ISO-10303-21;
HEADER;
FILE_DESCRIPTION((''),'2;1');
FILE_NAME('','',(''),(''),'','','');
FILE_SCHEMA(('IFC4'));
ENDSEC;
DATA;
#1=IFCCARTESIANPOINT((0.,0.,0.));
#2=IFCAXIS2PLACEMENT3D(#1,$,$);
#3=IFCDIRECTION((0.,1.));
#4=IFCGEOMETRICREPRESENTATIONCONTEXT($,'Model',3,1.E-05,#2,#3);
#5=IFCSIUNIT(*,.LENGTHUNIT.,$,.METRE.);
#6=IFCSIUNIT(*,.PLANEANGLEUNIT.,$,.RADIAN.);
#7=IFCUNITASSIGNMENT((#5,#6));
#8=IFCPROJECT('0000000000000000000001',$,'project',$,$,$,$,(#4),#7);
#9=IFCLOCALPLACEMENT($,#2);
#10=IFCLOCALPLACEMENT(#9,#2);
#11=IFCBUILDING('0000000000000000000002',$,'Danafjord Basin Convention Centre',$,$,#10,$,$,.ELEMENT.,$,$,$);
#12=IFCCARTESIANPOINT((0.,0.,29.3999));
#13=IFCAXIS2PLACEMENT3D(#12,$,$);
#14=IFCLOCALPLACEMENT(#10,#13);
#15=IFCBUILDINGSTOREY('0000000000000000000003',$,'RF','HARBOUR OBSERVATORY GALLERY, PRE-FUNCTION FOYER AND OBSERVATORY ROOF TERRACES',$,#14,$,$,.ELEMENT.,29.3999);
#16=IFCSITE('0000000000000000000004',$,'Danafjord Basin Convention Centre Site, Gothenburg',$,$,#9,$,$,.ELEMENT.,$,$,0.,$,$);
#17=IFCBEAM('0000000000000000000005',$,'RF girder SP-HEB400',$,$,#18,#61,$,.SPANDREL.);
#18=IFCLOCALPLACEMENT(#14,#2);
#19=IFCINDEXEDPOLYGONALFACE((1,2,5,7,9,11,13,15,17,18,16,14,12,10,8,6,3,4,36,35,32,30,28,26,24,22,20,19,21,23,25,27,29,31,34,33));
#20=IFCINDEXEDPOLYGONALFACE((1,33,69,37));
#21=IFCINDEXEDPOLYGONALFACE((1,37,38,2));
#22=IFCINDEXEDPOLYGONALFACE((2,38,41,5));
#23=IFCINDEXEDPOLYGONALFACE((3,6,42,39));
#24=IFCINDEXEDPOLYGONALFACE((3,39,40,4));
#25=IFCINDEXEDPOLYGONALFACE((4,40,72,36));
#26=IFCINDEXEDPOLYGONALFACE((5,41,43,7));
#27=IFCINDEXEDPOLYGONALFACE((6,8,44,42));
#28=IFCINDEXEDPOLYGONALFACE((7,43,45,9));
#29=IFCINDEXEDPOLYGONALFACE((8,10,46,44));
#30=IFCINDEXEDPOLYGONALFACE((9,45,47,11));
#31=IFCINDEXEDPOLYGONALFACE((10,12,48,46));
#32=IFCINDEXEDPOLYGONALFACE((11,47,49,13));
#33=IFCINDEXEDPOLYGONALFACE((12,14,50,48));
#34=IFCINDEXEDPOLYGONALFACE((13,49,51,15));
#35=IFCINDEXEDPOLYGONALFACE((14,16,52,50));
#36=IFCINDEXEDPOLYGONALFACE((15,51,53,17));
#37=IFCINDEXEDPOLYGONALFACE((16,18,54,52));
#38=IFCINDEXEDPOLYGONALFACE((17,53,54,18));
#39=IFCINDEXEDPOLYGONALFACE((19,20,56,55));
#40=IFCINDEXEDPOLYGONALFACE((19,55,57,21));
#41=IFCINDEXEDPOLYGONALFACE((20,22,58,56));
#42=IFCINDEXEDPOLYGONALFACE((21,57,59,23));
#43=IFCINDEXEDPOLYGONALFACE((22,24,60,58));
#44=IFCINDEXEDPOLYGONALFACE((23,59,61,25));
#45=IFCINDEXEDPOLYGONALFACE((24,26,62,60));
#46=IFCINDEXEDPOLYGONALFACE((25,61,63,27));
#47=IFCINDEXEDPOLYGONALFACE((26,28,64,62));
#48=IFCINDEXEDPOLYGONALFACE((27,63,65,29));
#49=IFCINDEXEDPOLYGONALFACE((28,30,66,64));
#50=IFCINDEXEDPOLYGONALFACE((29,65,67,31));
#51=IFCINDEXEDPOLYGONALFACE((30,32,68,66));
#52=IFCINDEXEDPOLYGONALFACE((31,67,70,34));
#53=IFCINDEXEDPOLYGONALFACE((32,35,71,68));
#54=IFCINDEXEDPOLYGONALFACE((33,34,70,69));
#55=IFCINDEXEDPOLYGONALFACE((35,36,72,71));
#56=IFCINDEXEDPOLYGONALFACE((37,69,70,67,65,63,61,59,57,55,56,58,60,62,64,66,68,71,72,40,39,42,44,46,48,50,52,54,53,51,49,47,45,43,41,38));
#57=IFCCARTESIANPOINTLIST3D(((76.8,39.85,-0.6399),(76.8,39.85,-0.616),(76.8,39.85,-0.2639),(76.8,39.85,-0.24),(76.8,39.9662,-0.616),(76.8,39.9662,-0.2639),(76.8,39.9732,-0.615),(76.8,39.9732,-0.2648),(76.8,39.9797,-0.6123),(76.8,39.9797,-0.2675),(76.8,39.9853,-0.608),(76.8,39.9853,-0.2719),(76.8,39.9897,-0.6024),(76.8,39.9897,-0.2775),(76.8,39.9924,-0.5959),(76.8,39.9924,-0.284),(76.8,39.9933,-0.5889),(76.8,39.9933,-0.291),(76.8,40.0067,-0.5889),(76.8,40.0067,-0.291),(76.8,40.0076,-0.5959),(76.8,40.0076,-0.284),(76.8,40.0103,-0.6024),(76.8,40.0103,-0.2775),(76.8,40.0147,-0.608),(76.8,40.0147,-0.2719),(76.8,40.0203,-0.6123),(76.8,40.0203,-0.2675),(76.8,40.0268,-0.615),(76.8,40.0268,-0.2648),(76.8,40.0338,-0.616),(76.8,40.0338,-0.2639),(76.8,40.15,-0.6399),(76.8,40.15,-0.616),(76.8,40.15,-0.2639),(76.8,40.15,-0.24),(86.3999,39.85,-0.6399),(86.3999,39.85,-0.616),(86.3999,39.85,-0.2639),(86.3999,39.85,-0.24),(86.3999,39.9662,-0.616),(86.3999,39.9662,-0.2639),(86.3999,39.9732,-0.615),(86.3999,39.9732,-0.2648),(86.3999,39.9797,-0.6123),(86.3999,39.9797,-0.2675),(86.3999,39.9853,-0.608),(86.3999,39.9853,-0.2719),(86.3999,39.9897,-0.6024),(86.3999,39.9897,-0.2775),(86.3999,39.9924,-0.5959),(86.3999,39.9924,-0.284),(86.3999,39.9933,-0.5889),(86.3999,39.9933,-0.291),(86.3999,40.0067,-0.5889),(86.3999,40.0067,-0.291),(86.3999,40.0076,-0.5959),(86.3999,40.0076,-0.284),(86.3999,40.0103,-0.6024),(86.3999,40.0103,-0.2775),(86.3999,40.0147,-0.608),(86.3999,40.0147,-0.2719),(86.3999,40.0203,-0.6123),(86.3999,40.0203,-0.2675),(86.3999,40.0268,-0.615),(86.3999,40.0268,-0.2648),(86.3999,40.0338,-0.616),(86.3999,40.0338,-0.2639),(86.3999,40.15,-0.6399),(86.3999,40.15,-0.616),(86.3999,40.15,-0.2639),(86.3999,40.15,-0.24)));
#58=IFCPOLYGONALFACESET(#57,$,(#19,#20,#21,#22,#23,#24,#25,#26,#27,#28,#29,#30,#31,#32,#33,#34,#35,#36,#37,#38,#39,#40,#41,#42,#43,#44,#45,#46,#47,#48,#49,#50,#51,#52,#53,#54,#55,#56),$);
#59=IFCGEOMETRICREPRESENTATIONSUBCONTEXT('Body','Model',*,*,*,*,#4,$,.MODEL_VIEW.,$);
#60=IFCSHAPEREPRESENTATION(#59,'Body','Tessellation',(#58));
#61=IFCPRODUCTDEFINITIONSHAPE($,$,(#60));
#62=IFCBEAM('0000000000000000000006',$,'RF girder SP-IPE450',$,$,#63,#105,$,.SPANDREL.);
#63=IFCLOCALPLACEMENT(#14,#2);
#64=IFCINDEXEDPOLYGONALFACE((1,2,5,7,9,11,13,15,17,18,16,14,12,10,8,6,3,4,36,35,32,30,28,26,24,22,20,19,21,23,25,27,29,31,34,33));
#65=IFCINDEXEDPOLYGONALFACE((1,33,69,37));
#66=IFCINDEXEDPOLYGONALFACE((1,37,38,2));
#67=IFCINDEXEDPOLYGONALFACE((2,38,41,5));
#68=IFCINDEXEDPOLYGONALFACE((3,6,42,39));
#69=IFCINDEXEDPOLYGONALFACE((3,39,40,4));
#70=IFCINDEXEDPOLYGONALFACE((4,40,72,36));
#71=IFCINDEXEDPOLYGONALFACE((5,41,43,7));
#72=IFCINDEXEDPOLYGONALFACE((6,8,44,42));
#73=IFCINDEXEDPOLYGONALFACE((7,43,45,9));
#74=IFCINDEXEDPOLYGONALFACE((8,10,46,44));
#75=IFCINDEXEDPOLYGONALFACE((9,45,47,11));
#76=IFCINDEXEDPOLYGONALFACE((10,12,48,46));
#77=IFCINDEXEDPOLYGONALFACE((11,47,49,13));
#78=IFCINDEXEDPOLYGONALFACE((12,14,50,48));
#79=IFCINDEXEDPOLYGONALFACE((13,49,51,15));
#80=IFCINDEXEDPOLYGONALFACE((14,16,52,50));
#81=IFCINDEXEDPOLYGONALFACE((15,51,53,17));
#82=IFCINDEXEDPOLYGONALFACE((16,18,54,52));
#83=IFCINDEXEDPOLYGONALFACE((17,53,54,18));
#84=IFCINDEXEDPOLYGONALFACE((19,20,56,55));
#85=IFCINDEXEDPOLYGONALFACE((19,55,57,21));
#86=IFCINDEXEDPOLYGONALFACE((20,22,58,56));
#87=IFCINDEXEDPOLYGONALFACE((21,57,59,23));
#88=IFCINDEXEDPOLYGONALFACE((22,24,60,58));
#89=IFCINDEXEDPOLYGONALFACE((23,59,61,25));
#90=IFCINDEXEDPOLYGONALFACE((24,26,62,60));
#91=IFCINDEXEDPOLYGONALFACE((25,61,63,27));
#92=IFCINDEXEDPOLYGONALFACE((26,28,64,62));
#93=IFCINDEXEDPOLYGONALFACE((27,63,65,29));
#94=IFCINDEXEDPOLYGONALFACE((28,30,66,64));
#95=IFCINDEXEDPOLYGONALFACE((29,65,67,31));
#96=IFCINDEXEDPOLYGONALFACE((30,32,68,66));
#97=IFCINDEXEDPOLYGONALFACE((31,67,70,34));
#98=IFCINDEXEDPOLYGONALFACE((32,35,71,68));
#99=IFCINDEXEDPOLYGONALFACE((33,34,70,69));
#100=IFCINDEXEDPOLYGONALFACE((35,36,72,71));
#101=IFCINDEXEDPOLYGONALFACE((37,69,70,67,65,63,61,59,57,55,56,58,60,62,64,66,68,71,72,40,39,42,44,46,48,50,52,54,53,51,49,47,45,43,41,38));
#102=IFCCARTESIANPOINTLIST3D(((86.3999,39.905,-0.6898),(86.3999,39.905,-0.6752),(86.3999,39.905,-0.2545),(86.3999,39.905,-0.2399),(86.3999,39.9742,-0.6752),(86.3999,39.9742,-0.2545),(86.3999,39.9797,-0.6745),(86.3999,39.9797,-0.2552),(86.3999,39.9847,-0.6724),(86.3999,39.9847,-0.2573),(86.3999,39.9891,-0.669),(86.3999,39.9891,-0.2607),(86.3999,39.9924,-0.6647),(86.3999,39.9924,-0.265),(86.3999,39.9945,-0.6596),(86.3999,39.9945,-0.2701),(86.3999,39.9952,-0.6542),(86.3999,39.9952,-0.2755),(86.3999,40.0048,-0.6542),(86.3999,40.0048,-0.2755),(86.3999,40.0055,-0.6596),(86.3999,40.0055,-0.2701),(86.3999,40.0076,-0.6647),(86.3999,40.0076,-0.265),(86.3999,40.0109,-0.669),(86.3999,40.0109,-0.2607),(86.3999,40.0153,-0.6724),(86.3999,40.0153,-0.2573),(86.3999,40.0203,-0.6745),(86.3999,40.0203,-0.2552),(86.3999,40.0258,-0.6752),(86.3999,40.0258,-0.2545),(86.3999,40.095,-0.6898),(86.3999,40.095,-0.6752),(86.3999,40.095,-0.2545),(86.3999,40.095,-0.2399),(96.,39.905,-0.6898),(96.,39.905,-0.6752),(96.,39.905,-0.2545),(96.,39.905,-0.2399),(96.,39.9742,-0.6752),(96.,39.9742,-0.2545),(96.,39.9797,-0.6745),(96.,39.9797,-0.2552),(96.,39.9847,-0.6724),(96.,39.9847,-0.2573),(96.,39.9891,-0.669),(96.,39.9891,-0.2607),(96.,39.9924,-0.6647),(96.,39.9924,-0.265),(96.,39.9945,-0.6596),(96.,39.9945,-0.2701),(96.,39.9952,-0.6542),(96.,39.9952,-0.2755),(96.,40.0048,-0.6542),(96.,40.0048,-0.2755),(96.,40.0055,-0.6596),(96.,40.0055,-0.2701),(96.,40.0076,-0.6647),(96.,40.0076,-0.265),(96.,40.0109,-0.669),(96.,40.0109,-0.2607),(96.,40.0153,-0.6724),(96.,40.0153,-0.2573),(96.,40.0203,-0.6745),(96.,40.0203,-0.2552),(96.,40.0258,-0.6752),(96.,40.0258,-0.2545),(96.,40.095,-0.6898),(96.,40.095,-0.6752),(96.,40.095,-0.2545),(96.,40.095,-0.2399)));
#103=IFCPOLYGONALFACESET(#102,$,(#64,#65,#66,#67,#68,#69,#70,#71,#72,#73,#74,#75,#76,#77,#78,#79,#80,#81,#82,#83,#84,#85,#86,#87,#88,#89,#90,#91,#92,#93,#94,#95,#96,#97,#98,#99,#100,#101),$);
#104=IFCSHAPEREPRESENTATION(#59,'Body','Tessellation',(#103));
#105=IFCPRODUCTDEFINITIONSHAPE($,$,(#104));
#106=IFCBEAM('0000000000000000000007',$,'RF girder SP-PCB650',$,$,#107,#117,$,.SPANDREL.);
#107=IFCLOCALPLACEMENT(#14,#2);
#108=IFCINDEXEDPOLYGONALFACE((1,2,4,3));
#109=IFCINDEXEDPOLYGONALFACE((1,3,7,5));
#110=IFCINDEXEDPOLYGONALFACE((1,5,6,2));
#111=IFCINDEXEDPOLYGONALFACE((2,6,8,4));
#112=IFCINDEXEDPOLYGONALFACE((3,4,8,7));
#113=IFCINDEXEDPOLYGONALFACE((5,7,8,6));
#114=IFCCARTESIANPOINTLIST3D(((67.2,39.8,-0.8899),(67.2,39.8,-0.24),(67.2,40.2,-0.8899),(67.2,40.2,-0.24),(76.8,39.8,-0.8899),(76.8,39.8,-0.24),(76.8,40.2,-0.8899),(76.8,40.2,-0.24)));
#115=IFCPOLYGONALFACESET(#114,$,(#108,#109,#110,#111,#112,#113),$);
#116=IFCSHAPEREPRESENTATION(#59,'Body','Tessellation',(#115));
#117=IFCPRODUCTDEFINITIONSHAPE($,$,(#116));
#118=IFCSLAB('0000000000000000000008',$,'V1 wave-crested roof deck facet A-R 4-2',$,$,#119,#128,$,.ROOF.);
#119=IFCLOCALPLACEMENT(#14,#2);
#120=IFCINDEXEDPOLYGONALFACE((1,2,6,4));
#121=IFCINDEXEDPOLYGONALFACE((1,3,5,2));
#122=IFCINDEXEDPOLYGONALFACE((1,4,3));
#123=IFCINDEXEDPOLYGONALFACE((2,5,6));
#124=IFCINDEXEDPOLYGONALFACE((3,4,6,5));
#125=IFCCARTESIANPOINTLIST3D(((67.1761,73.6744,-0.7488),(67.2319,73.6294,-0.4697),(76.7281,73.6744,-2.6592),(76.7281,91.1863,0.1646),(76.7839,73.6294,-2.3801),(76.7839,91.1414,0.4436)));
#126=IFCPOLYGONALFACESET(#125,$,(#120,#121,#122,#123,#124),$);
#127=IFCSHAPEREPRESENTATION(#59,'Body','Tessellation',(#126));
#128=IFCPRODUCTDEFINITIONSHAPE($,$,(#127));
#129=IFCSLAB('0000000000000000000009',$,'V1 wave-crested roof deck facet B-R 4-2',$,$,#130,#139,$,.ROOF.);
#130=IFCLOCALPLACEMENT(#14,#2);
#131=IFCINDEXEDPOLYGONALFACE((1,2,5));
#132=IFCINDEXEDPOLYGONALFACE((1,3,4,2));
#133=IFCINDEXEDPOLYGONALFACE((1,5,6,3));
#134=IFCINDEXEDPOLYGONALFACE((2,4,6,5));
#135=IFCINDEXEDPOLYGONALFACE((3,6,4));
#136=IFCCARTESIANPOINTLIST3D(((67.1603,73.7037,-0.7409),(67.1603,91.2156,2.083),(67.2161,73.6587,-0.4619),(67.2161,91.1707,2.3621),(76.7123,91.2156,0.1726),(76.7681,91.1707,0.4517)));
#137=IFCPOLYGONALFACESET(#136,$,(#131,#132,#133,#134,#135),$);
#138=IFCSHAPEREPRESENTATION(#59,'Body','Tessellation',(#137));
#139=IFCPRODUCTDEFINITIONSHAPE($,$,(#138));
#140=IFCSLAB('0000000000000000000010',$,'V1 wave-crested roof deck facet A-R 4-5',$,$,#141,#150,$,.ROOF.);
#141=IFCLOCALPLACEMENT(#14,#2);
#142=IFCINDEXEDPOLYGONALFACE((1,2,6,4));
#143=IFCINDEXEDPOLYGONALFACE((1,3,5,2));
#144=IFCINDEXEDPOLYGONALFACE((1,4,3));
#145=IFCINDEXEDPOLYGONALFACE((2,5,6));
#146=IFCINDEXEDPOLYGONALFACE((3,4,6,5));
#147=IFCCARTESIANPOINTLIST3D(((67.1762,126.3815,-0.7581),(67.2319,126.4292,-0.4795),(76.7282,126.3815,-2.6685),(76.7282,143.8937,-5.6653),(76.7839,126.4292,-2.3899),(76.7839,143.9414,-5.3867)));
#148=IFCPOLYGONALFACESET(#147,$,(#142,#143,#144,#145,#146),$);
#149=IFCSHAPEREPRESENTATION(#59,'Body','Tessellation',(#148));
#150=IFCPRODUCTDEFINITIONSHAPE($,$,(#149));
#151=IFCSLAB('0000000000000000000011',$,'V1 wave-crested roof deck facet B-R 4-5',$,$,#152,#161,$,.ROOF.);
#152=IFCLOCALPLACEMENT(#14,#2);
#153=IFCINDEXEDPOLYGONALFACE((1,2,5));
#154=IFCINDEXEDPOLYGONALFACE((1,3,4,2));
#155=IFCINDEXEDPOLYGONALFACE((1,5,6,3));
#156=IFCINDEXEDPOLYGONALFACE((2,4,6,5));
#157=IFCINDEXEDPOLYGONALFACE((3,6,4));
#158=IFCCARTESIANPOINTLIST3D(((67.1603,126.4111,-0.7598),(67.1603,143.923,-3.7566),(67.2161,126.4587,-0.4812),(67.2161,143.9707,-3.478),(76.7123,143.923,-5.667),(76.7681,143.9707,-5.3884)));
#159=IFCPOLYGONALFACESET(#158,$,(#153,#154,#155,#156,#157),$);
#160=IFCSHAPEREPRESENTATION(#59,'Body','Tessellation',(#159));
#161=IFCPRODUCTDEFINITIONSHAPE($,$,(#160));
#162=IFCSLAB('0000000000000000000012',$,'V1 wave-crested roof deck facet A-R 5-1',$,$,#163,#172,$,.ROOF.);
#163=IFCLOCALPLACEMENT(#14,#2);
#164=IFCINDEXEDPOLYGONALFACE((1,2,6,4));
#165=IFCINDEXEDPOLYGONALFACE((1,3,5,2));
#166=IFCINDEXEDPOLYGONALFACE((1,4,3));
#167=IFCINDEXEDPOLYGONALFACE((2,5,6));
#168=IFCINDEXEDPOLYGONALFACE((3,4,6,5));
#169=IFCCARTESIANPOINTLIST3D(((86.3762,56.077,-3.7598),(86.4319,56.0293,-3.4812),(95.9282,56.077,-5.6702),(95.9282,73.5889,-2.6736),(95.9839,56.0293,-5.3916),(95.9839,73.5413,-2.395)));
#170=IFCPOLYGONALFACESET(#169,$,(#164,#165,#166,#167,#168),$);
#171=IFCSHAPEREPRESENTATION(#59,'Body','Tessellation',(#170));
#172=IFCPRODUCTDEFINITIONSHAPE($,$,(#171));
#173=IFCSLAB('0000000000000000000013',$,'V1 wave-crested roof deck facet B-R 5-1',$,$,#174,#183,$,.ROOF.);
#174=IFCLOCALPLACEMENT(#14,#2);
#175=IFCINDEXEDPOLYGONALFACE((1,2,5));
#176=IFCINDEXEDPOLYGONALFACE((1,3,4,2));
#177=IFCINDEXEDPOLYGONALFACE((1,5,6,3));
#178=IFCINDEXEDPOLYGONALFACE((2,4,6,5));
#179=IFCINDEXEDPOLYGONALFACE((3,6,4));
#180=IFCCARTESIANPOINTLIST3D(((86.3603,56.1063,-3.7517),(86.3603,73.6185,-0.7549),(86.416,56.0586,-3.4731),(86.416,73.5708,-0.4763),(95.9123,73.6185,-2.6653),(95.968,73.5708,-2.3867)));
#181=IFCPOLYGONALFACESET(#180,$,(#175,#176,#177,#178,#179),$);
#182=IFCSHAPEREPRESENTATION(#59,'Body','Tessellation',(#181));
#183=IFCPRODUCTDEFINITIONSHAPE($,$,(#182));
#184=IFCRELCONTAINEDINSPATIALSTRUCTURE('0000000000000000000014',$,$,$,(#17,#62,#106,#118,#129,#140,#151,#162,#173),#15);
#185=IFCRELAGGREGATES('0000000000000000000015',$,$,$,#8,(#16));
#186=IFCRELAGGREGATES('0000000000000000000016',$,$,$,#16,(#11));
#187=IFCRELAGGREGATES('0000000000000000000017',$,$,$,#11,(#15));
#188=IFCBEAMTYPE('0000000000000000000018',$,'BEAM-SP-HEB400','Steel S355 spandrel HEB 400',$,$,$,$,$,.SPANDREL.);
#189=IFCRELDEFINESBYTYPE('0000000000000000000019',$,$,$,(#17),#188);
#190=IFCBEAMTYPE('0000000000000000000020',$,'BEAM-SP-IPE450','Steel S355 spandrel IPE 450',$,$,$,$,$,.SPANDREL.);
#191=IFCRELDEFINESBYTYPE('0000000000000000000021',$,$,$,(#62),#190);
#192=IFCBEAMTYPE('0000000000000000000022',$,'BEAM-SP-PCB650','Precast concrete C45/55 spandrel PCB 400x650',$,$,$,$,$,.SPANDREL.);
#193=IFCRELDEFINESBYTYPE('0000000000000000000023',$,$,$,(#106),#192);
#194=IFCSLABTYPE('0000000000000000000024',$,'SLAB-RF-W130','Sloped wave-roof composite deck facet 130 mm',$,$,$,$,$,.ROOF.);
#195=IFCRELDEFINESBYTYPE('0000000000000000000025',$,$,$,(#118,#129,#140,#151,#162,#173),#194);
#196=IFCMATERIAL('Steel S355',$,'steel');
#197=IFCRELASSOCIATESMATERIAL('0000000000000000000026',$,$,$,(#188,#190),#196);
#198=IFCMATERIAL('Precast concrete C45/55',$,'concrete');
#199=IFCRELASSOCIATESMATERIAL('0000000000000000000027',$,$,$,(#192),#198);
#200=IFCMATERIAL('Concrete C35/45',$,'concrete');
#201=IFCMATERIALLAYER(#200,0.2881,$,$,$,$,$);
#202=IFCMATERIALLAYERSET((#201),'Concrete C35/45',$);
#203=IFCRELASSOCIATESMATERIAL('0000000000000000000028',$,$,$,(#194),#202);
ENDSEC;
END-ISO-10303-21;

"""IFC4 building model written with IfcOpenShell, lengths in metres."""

from ifc_helpers import new_model, si_unit, direction, frame, origin, origin_2d, place, context, subcontext, project, spatial, polyline, rectangle, i_section, outline, extrude, material, layer, layer_set, material_profile, profile_set, type_object, element, save


model = new_model("IFC4")

# Units and contexts
model_context = context("Model", 3, precision=1e-05, world=origin(), true_north=direction((0.0, 1.0)))
body_context = subcontext(model_context, "Body", "Model", "MODEL_VIEW")
ifc_project = project(units=[si_unit("LENGTHUNIT", "METRE"), si_unit("PLANEANGLEUNIT", "RADIAN")], contexts=[model_context])

# Site, building, storey
site_placement = place(None, origin())
site = spatial("IfcSite", under=ifc_project, at=site_placement, Name="Danafjord Basin Convention Centre Site, Gothenburg", CompositionType="ELEMENT", RefElevation=0.0)
building_placement = place(site_placement, origin())
building = spatial("IfcBuilding", under=site, at=building_placement, Name="Danafjord Basin Convention Centre", CompositionType="ELEMENT")
storey_placement = place(building_placement, frame((0.0, 0.0, 29.3999)))
storey = spatial("IfcBuildingStorey", under=building, at=storey_placement, Name="RF", Description="HARBOUR OBSERVATORY GALLERY, PRE-FUNCTION FOYER AND OBSERVATORY ROOF TERRACES", CompositionType="ELEMENT", Elevation=29.3999)

# Beams
ifc_material_1 = material(Name="Steel S355", Category="steel")
ifc_material_profile_1 = material_profile(ifc_material_1, i_section(OverallWidth=0.3, OverallDepth=0.3999, WebThickness=0.0134, FlangeThickness=0.0239, FilletRadius=0.0271, at=origin_2d()), Name="HEB 400")
ifc_profile_set_1 = profile_set([ifc_material_profile_1], Name="Steel S355")
beam_type_1 = type_object("IfcBeamType", Name="BEAM-SP-HEB400", Description="Steel S355 spandrel HEB 400", PredefinedType="SPANDREL", material=ifc_profile_set_1)
beam_1_placement = place(storey_placement, frame((76.8, 40.0, -0.4399), z_axis=(1.0, 0.0, 0.0), x_axis=(0.0, 1.0, 0.0)))
element("IfcBeam", 1, at=beam_1_placement, inside=storey, type_object=beam_type_1, Name="RF girder SP-HEB400", PredefinedType="SPANDREL", context=body_context, shape_type="SweptSolid", body=[
    extrude(i_section(OverallWidth=0.3, OverallDepth=0.3999, WebThickness=0.0134, FlangeThickness=0.0239, FilletRadius=0.0271, at=origin_2d()), origin(), (0.0, 0.0, 1.0), 9.5999),
])
ifc_material_profile_2 = material_profile(ifc_material_1, i_section(OverallWidth=0.1899, OverallDepth=0.45, WebThickness=0.0095, FlangeThickness=0.0146, FilletRadius=0.021, at=origin_2d()), Name="IPE 450")
ifc_profile_set_2 = profile_set([ifc_material_profile_2], Name="Steel S355")
beam_type_2 = type_object("IfcBeamType", Name="BEAM-SP-IPE450", Description="Steel S355 spandrel IPE 450", PredefinedType="SPANDREL", material=ifc_profile_set_2)
beam_2_placement = place(storey_placement, frame((86.3999, 40.0, -0.4648), z_axis=(1.0, 0.0, 0.0), x_axis=(0.0, 1.0, 0.0)))
element("IfcBeam", 2, at=beam_2_placement, inside=storey, type_object=beam_type_2, Name="RF girder SP-IPE450", PredefinedType="SPANDREL", context=body_context, shape_type="SweptSolid", body=[
    extrude(i_section(OverallWidth=0.1899, OverallDepth=0.45, WebThickness=0.0095, FlangeThickness=0.0146, FilletRadius=0.021, at=origin_2d()), origin(), (0.0, 0.0, 1.0), 9.6001),
])
ifc_material_2 = material(Name="Precast concrete C45/55", Category="concrete")
ifc_material_profile_3 = material_profile(ifc_material_2, rectangle(XDim=0.3999, YDim=0.6499, at=origin_2d()), Name="PCB 400x650")
ifc_profile_set_3 = profile_set([ifc_material_profile_3], Name="Precast concrete C45/55")
beam_type_3 = type_object("IfcBeamType", Name="BEAM-SP-PCB650", Description="Precast concrete C45/55 spandrel PCB 400x650", PredefinedType="SPANDREL", material=ifc_profile_set_3)
beam_3_placement = place(storey_placement, frame((67.2, 40.0, -0.5649), z_axis=(1.0, 0.0, 0.0), x_axis=(0.0, 1.0, 0.0)))
element("IfcBeam", 3, at=beam_3_placement, inside=storey, type_object=beam_type_3, Name="RF girder SP-PCB650", PredefinedType="SPANDREL", context=body_context, shape_type="SweptSolid", body=[
    extrude(rectangle(XDim=0.3999, YDim=0.6499, at=origin_2d()), origin(), (0.0, 0.0, 1.0), 9.6001),
])

# Slabs
ifc_material_3 = material(Name="Concrete C35/45", Category="concrete")
ifc_layer_1 = layer(ifc_material_3, 0.2881)
ifc_layer_set_1 = layer_set([ifc_layer_1], Name="Concrete C35/45")
slab_type_1 = type_object("IfcSlabType", Name="SLAB-RF-W130", Description="Sloped wave-roof composite deck facet 130 mm", PredefinedType="ROOF", material=ifc_layer_set_1)
slab_1_placement = place(storey_placement, frame((67.2319, 73.6294, -0.4697), z_axis=(0.19371, -0.156174, 0.968548), x_axis=(0.980581, 0.0, -0.196116)))
element("IfcSlab", 4, at=slab_1_placement, inside=storey, type_object=slab_type_1, Name="V1 wave-crested roof deck facet A-R 4-2", PredefinedType="ROOF", context=body_context, shape_type="SweptSolid", body=[
    extrude(outline(polyline([(0.0, 0.0), (9.7412, 0.0), (9.1874, 17.7295), (0.0, 0.0)])), origin(), (0.0, 0.0, -1.0), 0.2881),
])
slab_2_placement = place(storey_placement, frame((67.2161, 73.6587, -0.4619), z_axis=(0.193709, -0.156188, 0.968546), x_axis=(0.478352, 0.876976, 0.045751)))
element("IfcSlab", 5, at=slab_2_placement, inside=storey, type_object=slab_type_1, Name="V1 wave-crested roof deck facet B-R 4-2", PredefinedType="ROOF", context=body_context, shape_type="SweptSolid", body=[
    extrude(outline(polyline([(0.0, 0.0), (19.9686, 0.0), (15.4868, 8.6489), (0.0, 0.0)])), origin(), (0.0, 0.0, -1.0), 0.2881),
])
slab_3_placement = place(storey_placement, frame((67.2319, 126.4292, -0.4795), z_axis=(0.193412, 0.165491, 0.96706), x_axis=(0.980581, 0.0, -0.196116)))
element("IfcSlab", 6, at=slab_3_placement, inside=storey, type_object=slab_type_1, Name="V1 wave-crested roof deck facet A-R 4-5", PredefinedType="ROOF", context=body_context, shape_type="SweptSolid", body=[
    extrude(outline(polyline([(0.0, 0.0), (9.7412, 0.0), (10.3289, 17.7571), (0.0, 0.0)])), origin(), (0.0, 0.0, -1.0), 0.2881),
])
slab_4_placement = place(storey_placement, frame((67.2161, 126.4587, -0.4812), z_axis=(0.193412, 0.165493, 0.967059), x_axis=(0.464989, 0.852479, -0.238883)))
element("IfcSlab", 7, at=slab_4_placement, inside=storey, type_object=slab_type_1, Name="V1 wave-crested roof deck facet B-R 4-5", PredefinedType="ROOF", context=body_context, shape_type="SweptSolid", body=[
    extrude(outline(polyline([(0.0, 0.0), (20.5424, 0.0), (15.6445, 8.4202), (0.0, 0.0)])), origin(), (0.0, 0.0, -1.0), 0.2881),
])
slab_5_placement = place(storey_placement, frame((86.4319, 56.0293, -3.4812), z_axis=(0.193412, -0.16548, 0.967062), x_axis=(0.980581, 0.0, -0.196116)))
element("IfcSlab", 8, at=slab_5_placement, inside=storey, type_object=slab_type_1, Name="V1 wave-crested roof deck facet A-R 5-1", PredefinedType="ROOF", context=body_context, shape_type="SweptSolid", body=[
    extrude(outline(polyline([(0.0, 0.0), (9.7412, 0.0), (9.1535, 17.7568), (0.0, 0.0)])), origin(), (0.0, 0.0, -1.0), 0.2881),
])
slab_6_placement = place(storey_placement, frame((86.416, 56.0586, -3.4731), z_axis=(0.193412, -0.165491, 0.96706), x_axis=(0.478139, 0.876599, 0.054383)))
element("IfcSlab", 9, at=slab_6_placement, inside=storey, type_object=slab_type_1, Name="V1 wave-crested roof deck facet B-R 5-1", PredefinedType="ROOF", context=body_context, shape_type="SweptSolid", body=[
    extrude(outline(polyline([(0.0, 0.0), (19.9774, 0.0), (15.5142, 8.6585), (0.0, 0.0)])), origin(), (0.0, 0.0, -1.0), 0.2881),
])

save(model, "model.ifc")
